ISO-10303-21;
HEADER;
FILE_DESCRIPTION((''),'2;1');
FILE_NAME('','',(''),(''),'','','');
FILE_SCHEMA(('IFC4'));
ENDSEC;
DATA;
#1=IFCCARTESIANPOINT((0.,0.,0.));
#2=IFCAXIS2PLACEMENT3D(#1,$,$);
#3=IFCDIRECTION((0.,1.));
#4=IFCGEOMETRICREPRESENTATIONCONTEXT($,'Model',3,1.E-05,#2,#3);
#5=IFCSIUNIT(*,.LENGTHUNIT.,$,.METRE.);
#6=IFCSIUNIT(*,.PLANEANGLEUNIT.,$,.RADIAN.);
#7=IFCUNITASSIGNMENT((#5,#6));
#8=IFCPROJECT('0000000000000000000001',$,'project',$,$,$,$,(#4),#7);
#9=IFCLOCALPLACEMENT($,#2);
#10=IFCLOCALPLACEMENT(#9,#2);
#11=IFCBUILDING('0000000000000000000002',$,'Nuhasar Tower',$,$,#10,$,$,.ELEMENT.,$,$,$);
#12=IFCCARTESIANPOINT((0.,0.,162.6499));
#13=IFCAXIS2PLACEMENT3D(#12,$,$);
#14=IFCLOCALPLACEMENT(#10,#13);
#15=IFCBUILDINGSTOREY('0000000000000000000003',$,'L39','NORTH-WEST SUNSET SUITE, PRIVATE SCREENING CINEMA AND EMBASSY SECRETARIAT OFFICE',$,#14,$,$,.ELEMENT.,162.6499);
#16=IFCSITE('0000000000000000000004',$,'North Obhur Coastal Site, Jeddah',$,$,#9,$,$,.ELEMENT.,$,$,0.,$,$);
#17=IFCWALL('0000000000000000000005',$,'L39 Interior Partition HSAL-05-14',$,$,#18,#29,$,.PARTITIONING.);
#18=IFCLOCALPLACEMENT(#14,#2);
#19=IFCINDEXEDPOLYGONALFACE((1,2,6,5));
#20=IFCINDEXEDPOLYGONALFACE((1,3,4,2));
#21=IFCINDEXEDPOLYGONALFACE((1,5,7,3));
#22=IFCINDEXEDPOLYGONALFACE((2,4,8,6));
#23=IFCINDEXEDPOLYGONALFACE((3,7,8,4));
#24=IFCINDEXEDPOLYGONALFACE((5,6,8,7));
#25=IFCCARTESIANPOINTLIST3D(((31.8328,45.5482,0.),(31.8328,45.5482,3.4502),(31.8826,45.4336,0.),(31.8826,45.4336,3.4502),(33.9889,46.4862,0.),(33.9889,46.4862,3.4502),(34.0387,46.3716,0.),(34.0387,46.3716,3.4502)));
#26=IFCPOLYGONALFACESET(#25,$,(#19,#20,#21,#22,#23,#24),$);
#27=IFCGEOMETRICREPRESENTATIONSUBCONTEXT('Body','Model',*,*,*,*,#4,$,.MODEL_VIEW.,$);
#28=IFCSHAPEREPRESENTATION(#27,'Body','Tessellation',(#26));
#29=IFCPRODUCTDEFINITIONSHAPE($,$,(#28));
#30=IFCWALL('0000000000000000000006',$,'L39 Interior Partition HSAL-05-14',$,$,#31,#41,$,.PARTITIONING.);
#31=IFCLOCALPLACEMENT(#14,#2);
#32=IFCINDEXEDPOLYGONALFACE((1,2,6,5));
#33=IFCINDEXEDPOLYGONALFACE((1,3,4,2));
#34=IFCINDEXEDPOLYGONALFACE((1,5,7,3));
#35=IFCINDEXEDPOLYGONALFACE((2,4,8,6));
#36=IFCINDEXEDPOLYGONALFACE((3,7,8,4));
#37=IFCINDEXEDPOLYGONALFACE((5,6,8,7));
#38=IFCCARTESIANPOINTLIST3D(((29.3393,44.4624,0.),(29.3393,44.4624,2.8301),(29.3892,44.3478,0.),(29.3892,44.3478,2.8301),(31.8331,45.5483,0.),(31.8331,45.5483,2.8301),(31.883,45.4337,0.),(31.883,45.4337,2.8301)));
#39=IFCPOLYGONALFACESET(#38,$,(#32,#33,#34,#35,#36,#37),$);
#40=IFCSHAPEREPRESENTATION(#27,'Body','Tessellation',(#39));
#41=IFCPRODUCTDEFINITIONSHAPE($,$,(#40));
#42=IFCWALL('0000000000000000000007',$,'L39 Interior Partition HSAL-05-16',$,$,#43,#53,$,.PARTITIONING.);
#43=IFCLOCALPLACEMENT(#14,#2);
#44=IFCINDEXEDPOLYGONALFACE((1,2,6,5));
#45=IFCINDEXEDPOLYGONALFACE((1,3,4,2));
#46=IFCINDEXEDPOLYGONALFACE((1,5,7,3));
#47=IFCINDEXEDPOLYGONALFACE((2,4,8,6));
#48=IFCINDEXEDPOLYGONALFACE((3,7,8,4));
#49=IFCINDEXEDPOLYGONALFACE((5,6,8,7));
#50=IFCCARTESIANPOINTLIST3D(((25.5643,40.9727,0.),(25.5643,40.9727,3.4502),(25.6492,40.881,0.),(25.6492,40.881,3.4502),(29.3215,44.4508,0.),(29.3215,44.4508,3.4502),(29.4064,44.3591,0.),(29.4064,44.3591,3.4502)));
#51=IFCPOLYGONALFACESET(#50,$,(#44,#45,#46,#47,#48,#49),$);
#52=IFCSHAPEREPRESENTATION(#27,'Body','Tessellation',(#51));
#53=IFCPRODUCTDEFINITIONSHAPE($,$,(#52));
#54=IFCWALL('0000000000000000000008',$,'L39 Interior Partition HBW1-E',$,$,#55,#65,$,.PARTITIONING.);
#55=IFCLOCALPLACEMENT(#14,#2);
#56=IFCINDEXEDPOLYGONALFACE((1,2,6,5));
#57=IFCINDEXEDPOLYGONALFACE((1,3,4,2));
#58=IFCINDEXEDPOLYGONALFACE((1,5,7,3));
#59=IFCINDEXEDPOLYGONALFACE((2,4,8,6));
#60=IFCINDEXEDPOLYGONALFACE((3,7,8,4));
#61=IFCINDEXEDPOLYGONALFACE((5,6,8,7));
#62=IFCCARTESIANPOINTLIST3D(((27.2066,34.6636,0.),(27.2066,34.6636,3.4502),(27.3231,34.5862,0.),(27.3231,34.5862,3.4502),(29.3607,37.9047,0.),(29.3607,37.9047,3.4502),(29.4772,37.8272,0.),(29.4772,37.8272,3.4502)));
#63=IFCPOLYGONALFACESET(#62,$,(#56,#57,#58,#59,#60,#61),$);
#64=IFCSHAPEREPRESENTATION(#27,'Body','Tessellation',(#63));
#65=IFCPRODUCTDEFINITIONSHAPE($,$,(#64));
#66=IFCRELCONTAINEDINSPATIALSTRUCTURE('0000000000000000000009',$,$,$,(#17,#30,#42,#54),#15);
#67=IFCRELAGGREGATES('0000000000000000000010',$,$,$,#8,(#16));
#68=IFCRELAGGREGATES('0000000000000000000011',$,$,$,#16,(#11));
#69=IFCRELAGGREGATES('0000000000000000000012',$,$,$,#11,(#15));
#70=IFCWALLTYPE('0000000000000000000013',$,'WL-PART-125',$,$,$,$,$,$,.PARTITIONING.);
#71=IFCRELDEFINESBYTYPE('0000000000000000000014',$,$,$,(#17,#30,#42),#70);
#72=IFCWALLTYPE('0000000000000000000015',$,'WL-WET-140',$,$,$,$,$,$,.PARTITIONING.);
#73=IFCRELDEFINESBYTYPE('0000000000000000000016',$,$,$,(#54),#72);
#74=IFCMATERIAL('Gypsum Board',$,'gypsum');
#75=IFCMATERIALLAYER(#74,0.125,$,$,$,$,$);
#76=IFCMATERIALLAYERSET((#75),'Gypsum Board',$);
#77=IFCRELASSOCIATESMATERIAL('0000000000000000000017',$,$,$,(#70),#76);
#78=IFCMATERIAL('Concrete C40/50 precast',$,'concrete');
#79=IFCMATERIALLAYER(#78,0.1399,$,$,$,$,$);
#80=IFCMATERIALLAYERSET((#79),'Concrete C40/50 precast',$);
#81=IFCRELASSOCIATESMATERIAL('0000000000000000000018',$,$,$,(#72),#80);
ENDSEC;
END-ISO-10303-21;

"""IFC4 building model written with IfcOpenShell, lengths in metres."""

from ifc_helpers import new_model, si_unit, direction, frame, frame_2d, origin, place, context, subcontext, project, spatial, rectangle, extrude, material, layer, layer_set, type_object, element, save


model = new_model("IFC4")

# Units and contexts
model_context = context("Model", 3, precision=1e-05, world=origin(), true_north=direction((0.0, 1.0)))
body_context = subcontext(model_context, "Body", "Model", "MODEL_VIEW")
ifc_project = project(units=[si_unit("LENGTHUNIT", "METRE"), si_unit("PLANEANGLEUNIT", "RADIAN")], contexts=[model_context])

# Site, building, storey
site_placement = place(None, origin())
site = spatial("IfcSite", under=ifc_project, at=site_placement, Name="North Obhur Coastal Site, Jeddah", CompositionType="ELEMENT", RefElevation=0.0)
building_placement = place(site_placement, origin())
building = spatial("IfcBuilding", under=site, at=building_placement, Name="Nuhasar Tower", CompositionType="ELEMENT")
storey_placement = place(building_placement, frame((0.0, 0.0, 162.6499)))
storey = spatial("IfcBuildingStorey", under=building, at=storey_placement, Name="L39", Description="NORTH-WEST SUNSET SUITE, PRIVATE SCREENING CINEMA AND EMBASSY SECRETARIAT OFFICE", CompositionType="ELEMENT", Elevation=162.6499)

# Shared definitions
ifc_material_1 = material(Name="Gypsum Board", Category="gypsum")

# Shared definitions
ifc_layer_1 = layer(ifc_material_1, 0.125)
ifc_layer_set_1 = layer_set([ifc_layer_1], Name="Gypsum Board")
wall_type_1 = type_object("IfcWallType", Name="WL-PART-125", PredefinedType="PARTITIONING", material=ifc_layer_set_1)

# Walls
wall_1_placement = place(storey_placement, frame((34.0139, 46.429, 0.0), z_axis=(0.0, 0.0, 1.0), x_axis=(-0.916978, -0.398939, 0.0)))
element("IfcWall", 1, at=wall_1_placement, inside=storey, type_object=wall_type_1, Name="L39 Interior Partition HSAL-05-14", PredefinedType="PARTITIONING", context=body_context, shape_type="SweptSolid", body=[
    extrude(rectangle(XDim=2.3513, YDim=0.125, at=frame_2d((1.1758, 0.0))), origin(), (0.0, 0.0, 1.0), 3.4502),
])
wall_2_placement = place(storey_placement, frame((31.8579, 45.491, 0.0), z_axis=(0.0, 0.0, 1.0), x_axis=(-0.91685, -0.399231, 0.0)))
element("IfcWall", 2, at=wall_2_placement, inside=storey, type_object=wall_type_1, Name="L39 Interior Partition HSAL-05-14", PredefinedType="PARTITIONING", context=body_context, shape_type="SweptSolid", body=[
    extrude(rectangle(XDim=2.72, YDim=0.125, at=frame_2d((1.3599, 0.0))), origin(), (0.0, 0.0, 1.0), 2.8301),
])
wall_3_placement = place(storey_placement, frame((29.364, 44.405, 0.0), z_axis=(0.0, 0.0, 1.0), x_axis=(-0.733834, -0.679329, 0.0)))
element("IfcWall", 3, at=wall_3_placement, inside=storey, type_object=wall_type_1, Name="L39 Interior Partition HSAL-05-16", PredefinedType="PARTITIONING", context=body_context, shape_type="SweptSolid", body=[
    extrude(rectangle(XDim=5.1199, YDim=0.125, at=frame_2d((2.5601, 0.0))), origin(), (0.0, 0.0, 1.0), 3.4502),
])
ifc_material_2 = material(Name="Concrete C40/50 precast", Category="concrete")
ifc_layer_2 = layer(ifc_material_2, 0.1399)
ifc_layer_set_2 = layer_set([ifc_layer_2], Name="Concrete C40/50 precast")
wall_type_2 = type_object("IfcWallType", Name="WL-WET-140", PredefinedType="PARTITIONING", material=ifc_layer_set_2)
wall_4_placement = place(storey_placement, frame((29.4189, 37.866, 0.0), z_axis=(0.0, 0.0, 1.0), x_axis=(-0.553527, -0.832831, 0.0)))
element("IfcWall", 4, at=wall_4_placement, inside=storey, type_object=wall_type_2, Name="L39 Interior Partition HBW1-E", PredefinedType="PARTITIONING", context=body_context, shape_type="SweptSolid", body=[
    extrude(rectangle(XDim=3.8916, YDim=0.1399, at=frame_2d((1.9458, 0.0))), origin(), (0.0, 0.0, 1.0), 3.4502),
])

save(model, "model.ifc")
